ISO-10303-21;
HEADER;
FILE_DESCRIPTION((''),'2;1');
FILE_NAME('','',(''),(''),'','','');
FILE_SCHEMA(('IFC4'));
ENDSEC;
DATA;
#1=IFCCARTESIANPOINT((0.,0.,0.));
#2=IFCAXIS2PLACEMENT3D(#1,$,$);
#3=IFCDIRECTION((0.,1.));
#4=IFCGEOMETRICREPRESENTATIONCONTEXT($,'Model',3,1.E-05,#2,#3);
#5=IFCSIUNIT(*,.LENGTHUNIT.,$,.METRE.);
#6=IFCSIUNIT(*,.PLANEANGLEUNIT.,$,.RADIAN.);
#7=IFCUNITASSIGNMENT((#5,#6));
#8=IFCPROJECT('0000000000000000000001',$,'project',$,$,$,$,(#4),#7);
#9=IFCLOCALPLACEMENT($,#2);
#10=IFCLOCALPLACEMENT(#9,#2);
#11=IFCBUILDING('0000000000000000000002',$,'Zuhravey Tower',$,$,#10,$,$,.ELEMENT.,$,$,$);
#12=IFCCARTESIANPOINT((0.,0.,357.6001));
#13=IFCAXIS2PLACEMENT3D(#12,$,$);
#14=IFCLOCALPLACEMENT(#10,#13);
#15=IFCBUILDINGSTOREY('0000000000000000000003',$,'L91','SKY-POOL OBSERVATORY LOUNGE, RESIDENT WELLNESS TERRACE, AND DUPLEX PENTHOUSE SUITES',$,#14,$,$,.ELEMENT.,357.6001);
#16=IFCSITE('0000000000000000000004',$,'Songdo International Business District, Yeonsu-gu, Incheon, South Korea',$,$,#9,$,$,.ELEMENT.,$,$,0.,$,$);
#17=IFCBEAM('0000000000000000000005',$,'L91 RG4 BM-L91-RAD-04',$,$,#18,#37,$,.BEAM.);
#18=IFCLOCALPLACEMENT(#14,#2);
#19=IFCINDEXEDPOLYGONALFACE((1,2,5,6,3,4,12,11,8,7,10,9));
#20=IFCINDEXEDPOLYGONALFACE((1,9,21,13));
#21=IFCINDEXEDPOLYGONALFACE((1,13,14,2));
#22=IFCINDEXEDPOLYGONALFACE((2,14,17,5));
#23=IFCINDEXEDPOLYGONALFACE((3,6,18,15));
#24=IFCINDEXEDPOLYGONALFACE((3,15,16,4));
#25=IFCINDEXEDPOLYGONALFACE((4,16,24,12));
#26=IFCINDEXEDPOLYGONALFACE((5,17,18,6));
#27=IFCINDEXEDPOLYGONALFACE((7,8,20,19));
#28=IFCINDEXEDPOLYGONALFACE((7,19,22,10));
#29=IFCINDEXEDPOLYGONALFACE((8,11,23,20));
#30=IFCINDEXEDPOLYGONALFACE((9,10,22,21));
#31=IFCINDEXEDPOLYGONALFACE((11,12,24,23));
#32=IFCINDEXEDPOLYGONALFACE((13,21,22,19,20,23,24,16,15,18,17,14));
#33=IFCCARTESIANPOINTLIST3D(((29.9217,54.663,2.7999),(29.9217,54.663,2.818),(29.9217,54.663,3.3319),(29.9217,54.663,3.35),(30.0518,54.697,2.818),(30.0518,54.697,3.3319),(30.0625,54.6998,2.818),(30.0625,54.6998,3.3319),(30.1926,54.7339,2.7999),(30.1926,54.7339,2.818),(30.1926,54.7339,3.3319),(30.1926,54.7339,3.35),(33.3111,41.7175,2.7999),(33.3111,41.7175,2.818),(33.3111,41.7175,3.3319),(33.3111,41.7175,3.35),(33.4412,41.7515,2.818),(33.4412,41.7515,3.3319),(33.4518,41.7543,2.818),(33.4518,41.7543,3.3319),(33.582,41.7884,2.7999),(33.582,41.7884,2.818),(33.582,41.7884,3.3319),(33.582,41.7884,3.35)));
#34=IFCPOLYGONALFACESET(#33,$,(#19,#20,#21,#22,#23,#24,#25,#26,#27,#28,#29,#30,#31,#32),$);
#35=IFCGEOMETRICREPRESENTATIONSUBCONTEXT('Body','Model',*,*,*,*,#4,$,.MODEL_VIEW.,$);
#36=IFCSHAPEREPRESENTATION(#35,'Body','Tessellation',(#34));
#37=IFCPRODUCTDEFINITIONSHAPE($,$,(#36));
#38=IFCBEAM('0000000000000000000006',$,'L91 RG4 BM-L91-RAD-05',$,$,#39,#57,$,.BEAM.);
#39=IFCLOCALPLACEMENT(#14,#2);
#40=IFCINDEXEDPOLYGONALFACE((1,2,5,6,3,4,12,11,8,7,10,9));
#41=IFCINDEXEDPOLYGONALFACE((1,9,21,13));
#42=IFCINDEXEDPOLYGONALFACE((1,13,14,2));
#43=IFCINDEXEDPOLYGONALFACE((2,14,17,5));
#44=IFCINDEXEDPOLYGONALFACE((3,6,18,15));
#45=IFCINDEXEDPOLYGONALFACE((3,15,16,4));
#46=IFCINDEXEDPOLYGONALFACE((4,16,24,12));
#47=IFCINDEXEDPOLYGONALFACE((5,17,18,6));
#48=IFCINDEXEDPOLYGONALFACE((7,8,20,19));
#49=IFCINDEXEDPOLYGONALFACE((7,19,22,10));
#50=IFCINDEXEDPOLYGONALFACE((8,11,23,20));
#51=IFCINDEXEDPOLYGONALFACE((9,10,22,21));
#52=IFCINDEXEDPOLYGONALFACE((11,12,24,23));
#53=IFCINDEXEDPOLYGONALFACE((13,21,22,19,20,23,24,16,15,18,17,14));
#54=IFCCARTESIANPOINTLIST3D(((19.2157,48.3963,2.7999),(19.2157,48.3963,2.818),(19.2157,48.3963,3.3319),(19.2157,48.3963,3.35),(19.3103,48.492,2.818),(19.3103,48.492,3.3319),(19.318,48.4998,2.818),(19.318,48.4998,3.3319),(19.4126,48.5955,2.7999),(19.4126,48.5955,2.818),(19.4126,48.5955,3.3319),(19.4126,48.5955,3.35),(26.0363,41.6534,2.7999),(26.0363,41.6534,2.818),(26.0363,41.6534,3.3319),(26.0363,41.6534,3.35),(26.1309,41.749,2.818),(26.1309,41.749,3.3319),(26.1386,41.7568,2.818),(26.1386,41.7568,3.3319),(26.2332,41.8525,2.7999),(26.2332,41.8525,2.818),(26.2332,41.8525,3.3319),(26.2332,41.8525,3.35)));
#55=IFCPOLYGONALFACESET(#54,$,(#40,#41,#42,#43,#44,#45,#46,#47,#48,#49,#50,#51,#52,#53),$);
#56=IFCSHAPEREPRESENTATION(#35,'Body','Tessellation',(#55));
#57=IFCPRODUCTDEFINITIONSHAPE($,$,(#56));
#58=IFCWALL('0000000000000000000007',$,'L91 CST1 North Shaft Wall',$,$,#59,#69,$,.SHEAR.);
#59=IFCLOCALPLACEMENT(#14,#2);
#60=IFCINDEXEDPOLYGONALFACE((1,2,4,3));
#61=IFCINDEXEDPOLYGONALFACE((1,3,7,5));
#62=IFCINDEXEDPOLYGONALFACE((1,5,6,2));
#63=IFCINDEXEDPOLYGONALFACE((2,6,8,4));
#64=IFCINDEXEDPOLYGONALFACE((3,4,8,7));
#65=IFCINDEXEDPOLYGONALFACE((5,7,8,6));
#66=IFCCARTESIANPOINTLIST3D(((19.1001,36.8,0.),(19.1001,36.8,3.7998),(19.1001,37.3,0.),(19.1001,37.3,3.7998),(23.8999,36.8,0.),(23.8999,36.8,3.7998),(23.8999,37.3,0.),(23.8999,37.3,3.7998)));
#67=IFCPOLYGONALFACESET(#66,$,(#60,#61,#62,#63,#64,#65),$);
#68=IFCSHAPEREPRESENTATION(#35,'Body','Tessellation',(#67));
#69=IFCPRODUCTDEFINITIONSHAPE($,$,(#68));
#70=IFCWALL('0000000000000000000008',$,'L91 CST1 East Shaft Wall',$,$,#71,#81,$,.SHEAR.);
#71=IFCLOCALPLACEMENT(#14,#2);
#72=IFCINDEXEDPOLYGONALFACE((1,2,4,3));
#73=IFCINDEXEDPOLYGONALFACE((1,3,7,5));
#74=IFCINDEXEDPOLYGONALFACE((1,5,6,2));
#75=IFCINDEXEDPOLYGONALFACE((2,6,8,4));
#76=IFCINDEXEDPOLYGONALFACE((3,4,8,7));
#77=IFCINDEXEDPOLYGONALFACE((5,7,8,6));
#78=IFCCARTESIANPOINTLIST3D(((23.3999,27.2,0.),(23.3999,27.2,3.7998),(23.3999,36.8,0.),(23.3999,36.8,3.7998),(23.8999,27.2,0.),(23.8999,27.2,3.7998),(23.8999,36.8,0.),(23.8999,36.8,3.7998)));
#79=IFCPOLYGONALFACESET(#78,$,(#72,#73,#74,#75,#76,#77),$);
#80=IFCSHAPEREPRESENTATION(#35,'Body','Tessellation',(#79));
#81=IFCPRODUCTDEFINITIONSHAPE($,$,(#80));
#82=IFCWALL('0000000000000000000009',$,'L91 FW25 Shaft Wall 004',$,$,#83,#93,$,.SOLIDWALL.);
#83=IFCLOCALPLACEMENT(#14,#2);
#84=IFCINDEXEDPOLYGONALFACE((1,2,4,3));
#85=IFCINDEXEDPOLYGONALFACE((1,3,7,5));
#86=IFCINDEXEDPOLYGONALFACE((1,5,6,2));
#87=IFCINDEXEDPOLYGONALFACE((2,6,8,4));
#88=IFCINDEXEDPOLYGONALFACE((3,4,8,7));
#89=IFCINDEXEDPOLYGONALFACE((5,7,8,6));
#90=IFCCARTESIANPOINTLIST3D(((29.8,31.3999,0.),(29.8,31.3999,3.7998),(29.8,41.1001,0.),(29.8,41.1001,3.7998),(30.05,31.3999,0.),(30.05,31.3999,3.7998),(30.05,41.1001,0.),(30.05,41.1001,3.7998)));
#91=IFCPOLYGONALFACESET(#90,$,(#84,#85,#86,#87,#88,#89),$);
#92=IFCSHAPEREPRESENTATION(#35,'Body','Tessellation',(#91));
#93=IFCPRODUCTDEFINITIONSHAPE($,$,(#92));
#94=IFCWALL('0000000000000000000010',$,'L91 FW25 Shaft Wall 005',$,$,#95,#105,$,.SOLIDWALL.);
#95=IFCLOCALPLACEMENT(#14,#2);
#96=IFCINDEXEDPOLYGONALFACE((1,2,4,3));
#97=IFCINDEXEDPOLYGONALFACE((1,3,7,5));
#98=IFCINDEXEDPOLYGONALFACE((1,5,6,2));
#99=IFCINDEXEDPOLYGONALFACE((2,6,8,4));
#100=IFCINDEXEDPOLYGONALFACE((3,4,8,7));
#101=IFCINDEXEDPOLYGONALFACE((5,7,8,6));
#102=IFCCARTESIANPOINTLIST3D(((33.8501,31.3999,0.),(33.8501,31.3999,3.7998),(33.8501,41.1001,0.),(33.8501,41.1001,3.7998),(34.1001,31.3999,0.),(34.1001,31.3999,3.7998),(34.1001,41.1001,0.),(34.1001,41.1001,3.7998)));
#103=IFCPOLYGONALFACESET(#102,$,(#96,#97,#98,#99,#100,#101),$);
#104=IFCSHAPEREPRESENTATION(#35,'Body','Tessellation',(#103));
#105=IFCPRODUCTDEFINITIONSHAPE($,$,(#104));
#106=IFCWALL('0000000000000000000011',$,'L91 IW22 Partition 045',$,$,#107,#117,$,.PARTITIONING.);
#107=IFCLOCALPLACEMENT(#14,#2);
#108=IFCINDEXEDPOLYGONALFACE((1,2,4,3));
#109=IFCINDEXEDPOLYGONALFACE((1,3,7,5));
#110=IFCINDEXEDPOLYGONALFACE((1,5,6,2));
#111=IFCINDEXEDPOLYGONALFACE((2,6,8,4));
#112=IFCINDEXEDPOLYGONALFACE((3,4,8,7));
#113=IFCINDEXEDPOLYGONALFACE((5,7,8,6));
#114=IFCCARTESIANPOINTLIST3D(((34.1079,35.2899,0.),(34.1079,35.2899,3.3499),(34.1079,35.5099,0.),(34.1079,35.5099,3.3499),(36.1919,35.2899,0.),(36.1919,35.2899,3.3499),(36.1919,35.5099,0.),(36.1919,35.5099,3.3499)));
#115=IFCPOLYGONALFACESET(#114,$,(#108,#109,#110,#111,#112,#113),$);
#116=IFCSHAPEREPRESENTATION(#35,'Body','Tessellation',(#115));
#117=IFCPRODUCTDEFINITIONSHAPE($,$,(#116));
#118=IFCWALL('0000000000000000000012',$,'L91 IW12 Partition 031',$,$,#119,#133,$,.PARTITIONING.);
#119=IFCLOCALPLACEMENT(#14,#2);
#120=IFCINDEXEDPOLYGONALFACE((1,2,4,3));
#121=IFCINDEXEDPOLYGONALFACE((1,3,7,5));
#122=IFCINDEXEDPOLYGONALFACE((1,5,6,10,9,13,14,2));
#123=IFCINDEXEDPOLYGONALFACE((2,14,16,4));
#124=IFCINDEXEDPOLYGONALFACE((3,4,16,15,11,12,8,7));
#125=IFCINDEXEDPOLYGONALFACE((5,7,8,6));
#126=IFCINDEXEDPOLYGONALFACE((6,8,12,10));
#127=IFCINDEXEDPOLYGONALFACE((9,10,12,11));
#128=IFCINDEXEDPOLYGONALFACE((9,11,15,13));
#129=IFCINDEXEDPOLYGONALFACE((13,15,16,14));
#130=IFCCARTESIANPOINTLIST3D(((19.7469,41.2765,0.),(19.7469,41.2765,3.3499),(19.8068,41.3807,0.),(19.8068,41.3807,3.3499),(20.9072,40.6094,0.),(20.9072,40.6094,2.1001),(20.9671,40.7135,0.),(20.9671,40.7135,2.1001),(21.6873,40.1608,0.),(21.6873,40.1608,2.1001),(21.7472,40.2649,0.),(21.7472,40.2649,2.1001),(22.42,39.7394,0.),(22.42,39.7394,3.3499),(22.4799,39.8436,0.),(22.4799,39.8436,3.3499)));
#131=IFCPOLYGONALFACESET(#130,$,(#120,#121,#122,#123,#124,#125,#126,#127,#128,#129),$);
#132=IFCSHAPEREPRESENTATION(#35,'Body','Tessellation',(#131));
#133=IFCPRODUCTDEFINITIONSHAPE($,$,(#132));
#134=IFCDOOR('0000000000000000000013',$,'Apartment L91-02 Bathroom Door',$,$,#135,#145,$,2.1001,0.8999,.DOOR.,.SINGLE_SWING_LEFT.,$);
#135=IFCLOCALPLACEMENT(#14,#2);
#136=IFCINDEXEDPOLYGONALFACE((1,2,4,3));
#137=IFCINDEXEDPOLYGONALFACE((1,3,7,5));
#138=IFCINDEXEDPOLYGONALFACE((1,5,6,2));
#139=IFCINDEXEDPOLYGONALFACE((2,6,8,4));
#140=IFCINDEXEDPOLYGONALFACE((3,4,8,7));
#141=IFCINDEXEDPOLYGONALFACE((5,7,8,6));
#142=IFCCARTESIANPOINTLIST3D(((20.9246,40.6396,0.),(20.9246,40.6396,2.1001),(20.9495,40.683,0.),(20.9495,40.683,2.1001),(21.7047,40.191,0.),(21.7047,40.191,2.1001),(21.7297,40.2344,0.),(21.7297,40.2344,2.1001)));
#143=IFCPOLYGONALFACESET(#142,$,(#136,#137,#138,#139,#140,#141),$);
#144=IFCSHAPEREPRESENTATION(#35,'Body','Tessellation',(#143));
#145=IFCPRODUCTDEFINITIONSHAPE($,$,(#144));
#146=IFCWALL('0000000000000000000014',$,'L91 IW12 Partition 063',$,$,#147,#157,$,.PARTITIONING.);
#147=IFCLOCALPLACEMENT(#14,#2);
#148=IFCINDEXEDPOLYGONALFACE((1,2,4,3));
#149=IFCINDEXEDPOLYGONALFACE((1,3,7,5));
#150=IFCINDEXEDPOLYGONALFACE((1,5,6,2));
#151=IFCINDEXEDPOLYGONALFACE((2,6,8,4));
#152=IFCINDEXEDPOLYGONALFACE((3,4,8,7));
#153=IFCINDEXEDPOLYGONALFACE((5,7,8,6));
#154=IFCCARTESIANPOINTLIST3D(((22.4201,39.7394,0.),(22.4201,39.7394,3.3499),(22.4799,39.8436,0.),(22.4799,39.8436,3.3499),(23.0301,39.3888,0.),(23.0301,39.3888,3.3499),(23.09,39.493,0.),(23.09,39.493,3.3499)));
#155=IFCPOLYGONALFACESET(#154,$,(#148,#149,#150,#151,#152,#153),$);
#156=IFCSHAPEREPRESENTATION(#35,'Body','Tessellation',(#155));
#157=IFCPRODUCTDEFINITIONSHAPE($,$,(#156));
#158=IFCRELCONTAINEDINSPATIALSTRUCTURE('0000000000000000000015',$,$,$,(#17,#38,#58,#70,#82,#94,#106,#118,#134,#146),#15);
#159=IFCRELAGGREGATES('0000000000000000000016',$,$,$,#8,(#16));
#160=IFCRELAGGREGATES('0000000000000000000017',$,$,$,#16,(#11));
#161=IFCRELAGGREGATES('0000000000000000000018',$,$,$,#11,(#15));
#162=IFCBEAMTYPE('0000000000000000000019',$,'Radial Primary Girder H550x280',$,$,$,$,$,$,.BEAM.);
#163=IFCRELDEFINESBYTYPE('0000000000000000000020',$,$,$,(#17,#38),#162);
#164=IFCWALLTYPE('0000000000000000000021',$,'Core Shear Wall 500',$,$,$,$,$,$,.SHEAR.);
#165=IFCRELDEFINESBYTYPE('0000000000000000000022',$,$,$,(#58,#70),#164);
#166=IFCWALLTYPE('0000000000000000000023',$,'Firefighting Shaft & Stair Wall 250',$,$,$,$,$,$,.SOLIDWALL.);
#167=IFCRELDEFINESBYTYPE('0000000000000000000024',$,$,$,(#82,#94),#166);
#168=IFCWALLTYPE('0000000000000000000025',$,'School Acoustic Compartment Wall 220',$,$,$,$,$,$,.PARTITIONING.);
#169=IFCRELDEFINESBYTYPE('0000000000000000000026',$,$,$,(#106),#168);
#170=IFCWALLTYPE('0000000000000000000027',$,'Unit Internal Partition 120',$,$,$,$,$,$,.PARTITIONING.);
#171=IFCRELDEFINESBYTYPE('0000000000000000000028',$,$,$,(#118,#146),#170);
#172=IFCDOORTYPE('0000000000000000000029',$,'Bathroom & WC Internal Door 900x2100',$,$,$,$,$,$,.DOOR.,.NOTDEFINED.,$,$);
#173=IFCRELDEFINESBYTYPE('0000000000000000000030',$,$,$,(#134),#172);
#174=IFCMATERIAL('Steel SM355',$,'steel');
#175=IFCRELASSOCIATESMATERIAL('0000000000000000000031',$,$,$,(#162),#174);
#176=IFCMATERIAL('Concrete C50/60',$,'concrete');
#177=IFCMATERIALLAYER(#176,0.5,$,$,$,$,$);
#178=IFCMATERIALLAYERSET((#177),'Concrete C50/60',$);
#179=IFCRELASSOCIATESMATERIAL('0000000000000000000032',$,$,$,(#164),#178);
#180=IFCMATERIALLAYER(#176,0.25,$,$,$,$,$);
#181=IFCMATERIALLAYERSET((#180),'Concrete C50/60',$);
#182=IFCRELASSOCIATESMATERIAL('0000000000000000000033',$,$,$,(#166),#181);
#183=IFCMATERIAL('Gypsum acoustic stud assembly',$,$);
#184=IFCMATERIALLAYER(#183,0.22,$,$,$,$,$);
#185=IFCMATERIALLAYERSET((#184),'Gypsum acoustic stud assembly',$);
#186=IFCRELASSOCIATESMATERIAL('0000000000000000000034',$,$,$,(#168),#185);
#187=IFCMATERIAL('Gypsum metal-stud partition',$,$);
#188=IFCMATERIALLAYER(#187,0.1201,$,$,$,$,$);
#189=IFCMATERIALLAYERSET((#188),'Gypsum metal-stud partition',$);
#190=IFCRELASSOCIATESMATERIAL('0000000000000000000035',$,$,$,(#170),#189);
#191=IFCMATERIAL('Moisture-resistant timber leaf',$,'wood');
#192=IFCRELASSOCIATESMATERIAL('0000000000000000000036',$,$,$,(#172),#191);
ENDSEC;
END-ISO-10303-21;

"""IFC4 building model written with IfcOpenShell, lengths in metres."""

from ifc_helpers import new_model, si_unit, direction, frame, frame_2d, origin, origin_2d, place, context, subcontext, project, spatial, rectangle, i_section, extrude, material, layer, layer_set, material_profile, profile_set, type_object, element, fill, save


model = new_model("IFC4")

# Units and contexts
model_context = context("Model", 3, precision=1e-05, world=origin(), true_north=direction((0.0, 1.0)))
body_context = subcontext(model_context, "Body", "Model", "MODEL_VIEW")
ifc_project = project(units=[si_unit("LENGTHUNIT", "METRE"), si_unit("PLANEANGLEUNIT", "RADIAN")], contexts=[model_context])

# Site, building, storey
site_placement = place(None, origin())
site = spatial("IfcSite", under=ifc_project, at=site_placement, Name="Songdo International Business District, Yeonsu-gu, Incheon, South Korea", CompositionType="ELEMENT", RefElevation=0.0)
building_placement = place(site_placement, origin())
building = spatial("IfcBuilding", under=site, at=building_placement, Name="Zuhravey Tower", CompositionType="ELEMENT")
storey_placement = place(building_placement, frame((0.0, 0.0, 357.6001)))
storey = spatial("IfcBuildingStorey", under=building, at=storey_placement, Name="L91", Description="SKY-POOL OBSERVATORY LOUNGE, RESIDENT WELLNESS TERRACE, AND DUPLEX PENTHOUSE SUITES", CompositionType="ELEMENT", Elevation=357.6001)

# Beams
ifc_material_1 = material(Name="Steel SM355", Category="steel")
ifc_material_profile = material_profile(ifc_material_1, i_section(OverallWidth=0.28, OverallDepth=0.55, WebThickness=0.011, FlangeThickness=0.0181, at=origin_2d()), Name="H-550x280x11x18")
ifc_profile_set = profile_set([ifc_material_profile], Name="Steel SM355")
beam_type = type_object("IfcBeamType", Name="Radial Primary Girder H550x280", PredefinedType="BEAM", material=ifc_profile_set)
beam_1_placement = place(storey_placement, frame((33.4465, 41.7529, 3.075), z_axis=(-0.253283, 0.967392, 0.0), x_axis=(-0.967392, -0.253283, 0.0)))
element("IfcBeam", 1, at=beam_1_placement, inside=storey, type_object=beam_type, Name="L91 RG4 BM-L91-RAD-04", PredefinedType="BEAM", context=body_context, shape_type="SweptSolid", body=[
    extrude(i_section(OverallWidth=0.28, OverallDepth=0.55, WebThickness=0.011, FlangeThickness=0.0181, at=origin_2d()), origin(), (0.0, 0.0, 1.0), 13.3818),
])
beam_2_placement = place(storey_placement, frame((26.1348, 41.7529, 3.075), z_axis=(-0.711143, 0.703048, 0.0), x_axis=(-0.703048, -0.711143, 0.0)))
element("IfcBeam", 2, at=beam_2_placement, inside=storey, type_object=beam_type, Name="L91 RG4 BM-L91-RAD-05", PredefinedType="BEAM", context=body_context, shape_type="SweptSolid", body=[
    extrude(i_section(OverallWidth=0.28, OverallDepth=0.55, WebThickness=0.011, FlangeThickness=0.0181, at=origin_2d()), origin(), (0.0, 0.0, 1.0), 9.5911),
])

# Walls
ifc_material_2 = material(Name="Concrete C50/60", Category="concrete")
ifc_layer_1 = layer(ifc_material_2, 0.5)
ifc_layer_set_1 = layer_set([ifc_layer_1], Name="Concrete C50/60")
wall_type_1 = type_object("IfcWallType", Name="Core Shear Wall 500", PredefinedType="SHEAR", material=ifc_layer_set_1)
wall_1_placement = place(storey_placement, frame((23.8999, 37.05, 0.0), z_axis=(0.0, 0.0, 1.0), x_axis=(-1.0, 0.0, 0.0)))
element("IfcWall", 3, at=wall_1_placement, inside=storey, type_object=wall_type_1, Name="L91 CST1 North Shaft Wall", PredefinedType="SHEAR", context=body_context, shape_type="SweptSolid", body=[
    extrude(rectangle(XDim=4.7998, YDim=0.5, at=frame_2d((2.3999, 0.0))), origin(), (0.0, 0.0, 1.0), 3.7998),
])
wall_2_placement = place(storey_placement, frame((23.6499, 36.8, 0.0), z_axis=(0.0, 0.0, 1.0), x_axis=(0.0, -1.0, 0.0)))
element("IfcWall", 4, at=wall_2_placement, inside=storey, type_object=wall_type_1, Name="L91 CST1 East Shaft Wall", PredefinedType="SHEAR", context=body_context, shape_type="SweptSolid", body=[
    extrude(rectangle(XDim=9.6001, YDim=0.5, at=frame_2d((4.8, 0.0))), origin(), (0.0, 0.0, 1.0), 3.7998),
])

# Shared definitions
ifc_layer_2 = layer(ifc_material_2, 0.25)
ifc_layer_set_2 = layer_set([ifc_layer_2], Name="Concrete C50/60")
wall_type_2 = type_object("IfcWallType", Name="Firefighting Shaft & Stair Wall 250", PredefinedType="SOLIDWALL", material=ifc_layer_set_2)

# Walls
for number, where, z_axis, x_axis, name in (
    (5, (29.925, 31.3999, 0.0), (0.0, 0.0, 1.0), (0.0, 1.0, 0.0), "L91 FW25 Shaft Wall 004"),
    (6, (33.9751, 31.3999, 0.0), (0.0, 0.0, 1.0), (0.0, 1.0, 0.0), "L91 FW25 Shaft Wall 005"),
):
    element("IfcWall", number, at=place(storey_placement, frame(where, z_axis=z_axis, x_axis=x_axis)), inside=storey, type_object=wall_type_2, Name=name, PredefinedType="SOLIDWALL", context=body_context, shape_type="SweptSolid", body=[
        extrude(rectangle(XDim=9.7002, YDim=0.25, at=frame_2d((4.8501, 0.0))), origin(), (0.0, 0.0, 1.0), 3.7998),
    ])
ifc_material_3 = material(Name="Gypsum acoustic stud assembly")
ifc_layer_3 = layer(ifc_material_3, 0.22)
ifc_layer_set_3 = layer_set([ifc_layer_3], Name="Gypsum acoustic stud assembly")
wall_type_3 = type_object("IfcWallType", Name="School Acoustic Compartment Wall 220", PredefinedType="PARTITIONING", material=ifc_layer_set_3)
wall_3_placement = place(storey_placement, frame((34.1079, 35.3999, 0.0), z_axis=(0.0, 0.0, 1.0), x_axis=(1.0, 0.0, 0.0)))
element("IfcWall", 7, at=wall_3_placement, inside=storey, type_object=wall_type_3, Name="L91 IW22 Partition 045", PredefinedType="PARTITIONING", context=body_context, shape_type="SweptSolid", body=[
    extrude(rectangle(XDim=2.084, YDim=0.22, at=frame_2d((1.042, 0.0))), origin(), (0.0, 0.0, 1.0), 3.3499),
])

# Wall, opening, door
ifc_material_4 = material(Name="Gypsum metal-stud partition")
ifc_layer_4 = layer(ifc_material_4, 0.1201)
ifc_layer_set_4 = layer_set([ifc_layer_4], Name="Gypsum metal-stud partition")
wall_type_4 = type_object("IfcWallType", Name="Unit Internal Partition 120", PredefinedType="PARTITIONING", material=ifc_layer_set_4)
wall_4_placement = place(storey_placement, frame((22.45, 39.7915, 0.0), z_axis=(0.0, 0.0, 1.0), x_axis=(-0.866895, 0.49849, 0.0)))
wall_4 = element("IfcWall", 8, at=wall_4_placement, inside=storey, type_object=wall_type_4, Name="L91 IW12 Partition 031", PredefinedType="PARTITIONING", context=body_context, shape_type="SweptSolid", body=[
    extrude(rectangle(XDim=3.0835, YDim=0.1201, at=frame_2d((1.5417, 0.0))), origin(), (0.0, 0.0, 1.0), 3.3499),
])
opening_1_placement = place(wall_4_placement, frame((0.8452, 0.0, 0.0)))
opening_1 = element("IfcOpeningElement", 9, at=opening_1_placement, cuts=wall_4, PredefinedType="OPENING", context=body_context, shape_type="SweptSolid", body=[
    extrude(rectangle(XDim=0.8999, YDim=2.1001, at=frame_2d((0.45, 1.05))), frame((0.0, 0.072, 0.0), z_axis=(0.0, -1.0, 0.0), x_axis=(1.0, 0.0, 0.0)), (0.0, 0.0, 1.0), 0.144),
])
ifc_material_5 = material(Name="Moisture-resistant timber leaf", Category="wood")
door_type_1 = type_object("IfcDoorType", Name="Bathroom & WC Internal Door 900x2100", OperationType="NOTDEFINED", PredefinedType="DOOR", material=ifc_material_5)
door_1_placement = place(opening_1_placement, frame((0.8999, 0.0, 0.0), z_axis=(0.0, 0.0, 1.0), x_axis=(-1.0, 0.0, 0.0)))
door_1 = element("IfcDoor", 10, at=door_1_placement, inside=storey, type_object=door_type_1, Name="Apartment L91-02 Bathroom Door", OperationType="SINGLE_SWING_LEFT", OverallHeight=2.1001, OverallWidth=0.8999, PredefinedType="DOOR", context=body_context, shape_type="SweptSolid", body=[
    extrude(rectangle(XDim=0.8999, YDim=2.1001, at=frame_2d((0.45, 1.05))), frame((0.0, 0.0249, 0.0), z_axis=(0.0, -1.0, 0.0), x_axis=(1.0, 0.0, 0.0)), (0.0, 0.0, 1.0), 0.05),
])
fill(opening_1, door_1)

# Wall
wall_5_placement = place(storey_placement, frame((23.0601, 39.4409, 0.0), z_axis=(0.0, 0.0, 1.0), x_axis=(-0.867045, 0.49823, 0.0)))
element("IfcWall", 11, at=wall_5_placement, inside=storey, type_object=wall_type_4, Name="L91 IW12 Partition 063", PredefinedType="PARTITIONING", context=body_context, shape_type="SweptSolid", body=[
    extrude(rectangle(XDim=0.7036, YDim=0.1201, at=frame_2d((0.3518, 0.0))), origin(), (0.0, 0.0, 1.0), 3.3499),
])

save(model, "model.ifc")
